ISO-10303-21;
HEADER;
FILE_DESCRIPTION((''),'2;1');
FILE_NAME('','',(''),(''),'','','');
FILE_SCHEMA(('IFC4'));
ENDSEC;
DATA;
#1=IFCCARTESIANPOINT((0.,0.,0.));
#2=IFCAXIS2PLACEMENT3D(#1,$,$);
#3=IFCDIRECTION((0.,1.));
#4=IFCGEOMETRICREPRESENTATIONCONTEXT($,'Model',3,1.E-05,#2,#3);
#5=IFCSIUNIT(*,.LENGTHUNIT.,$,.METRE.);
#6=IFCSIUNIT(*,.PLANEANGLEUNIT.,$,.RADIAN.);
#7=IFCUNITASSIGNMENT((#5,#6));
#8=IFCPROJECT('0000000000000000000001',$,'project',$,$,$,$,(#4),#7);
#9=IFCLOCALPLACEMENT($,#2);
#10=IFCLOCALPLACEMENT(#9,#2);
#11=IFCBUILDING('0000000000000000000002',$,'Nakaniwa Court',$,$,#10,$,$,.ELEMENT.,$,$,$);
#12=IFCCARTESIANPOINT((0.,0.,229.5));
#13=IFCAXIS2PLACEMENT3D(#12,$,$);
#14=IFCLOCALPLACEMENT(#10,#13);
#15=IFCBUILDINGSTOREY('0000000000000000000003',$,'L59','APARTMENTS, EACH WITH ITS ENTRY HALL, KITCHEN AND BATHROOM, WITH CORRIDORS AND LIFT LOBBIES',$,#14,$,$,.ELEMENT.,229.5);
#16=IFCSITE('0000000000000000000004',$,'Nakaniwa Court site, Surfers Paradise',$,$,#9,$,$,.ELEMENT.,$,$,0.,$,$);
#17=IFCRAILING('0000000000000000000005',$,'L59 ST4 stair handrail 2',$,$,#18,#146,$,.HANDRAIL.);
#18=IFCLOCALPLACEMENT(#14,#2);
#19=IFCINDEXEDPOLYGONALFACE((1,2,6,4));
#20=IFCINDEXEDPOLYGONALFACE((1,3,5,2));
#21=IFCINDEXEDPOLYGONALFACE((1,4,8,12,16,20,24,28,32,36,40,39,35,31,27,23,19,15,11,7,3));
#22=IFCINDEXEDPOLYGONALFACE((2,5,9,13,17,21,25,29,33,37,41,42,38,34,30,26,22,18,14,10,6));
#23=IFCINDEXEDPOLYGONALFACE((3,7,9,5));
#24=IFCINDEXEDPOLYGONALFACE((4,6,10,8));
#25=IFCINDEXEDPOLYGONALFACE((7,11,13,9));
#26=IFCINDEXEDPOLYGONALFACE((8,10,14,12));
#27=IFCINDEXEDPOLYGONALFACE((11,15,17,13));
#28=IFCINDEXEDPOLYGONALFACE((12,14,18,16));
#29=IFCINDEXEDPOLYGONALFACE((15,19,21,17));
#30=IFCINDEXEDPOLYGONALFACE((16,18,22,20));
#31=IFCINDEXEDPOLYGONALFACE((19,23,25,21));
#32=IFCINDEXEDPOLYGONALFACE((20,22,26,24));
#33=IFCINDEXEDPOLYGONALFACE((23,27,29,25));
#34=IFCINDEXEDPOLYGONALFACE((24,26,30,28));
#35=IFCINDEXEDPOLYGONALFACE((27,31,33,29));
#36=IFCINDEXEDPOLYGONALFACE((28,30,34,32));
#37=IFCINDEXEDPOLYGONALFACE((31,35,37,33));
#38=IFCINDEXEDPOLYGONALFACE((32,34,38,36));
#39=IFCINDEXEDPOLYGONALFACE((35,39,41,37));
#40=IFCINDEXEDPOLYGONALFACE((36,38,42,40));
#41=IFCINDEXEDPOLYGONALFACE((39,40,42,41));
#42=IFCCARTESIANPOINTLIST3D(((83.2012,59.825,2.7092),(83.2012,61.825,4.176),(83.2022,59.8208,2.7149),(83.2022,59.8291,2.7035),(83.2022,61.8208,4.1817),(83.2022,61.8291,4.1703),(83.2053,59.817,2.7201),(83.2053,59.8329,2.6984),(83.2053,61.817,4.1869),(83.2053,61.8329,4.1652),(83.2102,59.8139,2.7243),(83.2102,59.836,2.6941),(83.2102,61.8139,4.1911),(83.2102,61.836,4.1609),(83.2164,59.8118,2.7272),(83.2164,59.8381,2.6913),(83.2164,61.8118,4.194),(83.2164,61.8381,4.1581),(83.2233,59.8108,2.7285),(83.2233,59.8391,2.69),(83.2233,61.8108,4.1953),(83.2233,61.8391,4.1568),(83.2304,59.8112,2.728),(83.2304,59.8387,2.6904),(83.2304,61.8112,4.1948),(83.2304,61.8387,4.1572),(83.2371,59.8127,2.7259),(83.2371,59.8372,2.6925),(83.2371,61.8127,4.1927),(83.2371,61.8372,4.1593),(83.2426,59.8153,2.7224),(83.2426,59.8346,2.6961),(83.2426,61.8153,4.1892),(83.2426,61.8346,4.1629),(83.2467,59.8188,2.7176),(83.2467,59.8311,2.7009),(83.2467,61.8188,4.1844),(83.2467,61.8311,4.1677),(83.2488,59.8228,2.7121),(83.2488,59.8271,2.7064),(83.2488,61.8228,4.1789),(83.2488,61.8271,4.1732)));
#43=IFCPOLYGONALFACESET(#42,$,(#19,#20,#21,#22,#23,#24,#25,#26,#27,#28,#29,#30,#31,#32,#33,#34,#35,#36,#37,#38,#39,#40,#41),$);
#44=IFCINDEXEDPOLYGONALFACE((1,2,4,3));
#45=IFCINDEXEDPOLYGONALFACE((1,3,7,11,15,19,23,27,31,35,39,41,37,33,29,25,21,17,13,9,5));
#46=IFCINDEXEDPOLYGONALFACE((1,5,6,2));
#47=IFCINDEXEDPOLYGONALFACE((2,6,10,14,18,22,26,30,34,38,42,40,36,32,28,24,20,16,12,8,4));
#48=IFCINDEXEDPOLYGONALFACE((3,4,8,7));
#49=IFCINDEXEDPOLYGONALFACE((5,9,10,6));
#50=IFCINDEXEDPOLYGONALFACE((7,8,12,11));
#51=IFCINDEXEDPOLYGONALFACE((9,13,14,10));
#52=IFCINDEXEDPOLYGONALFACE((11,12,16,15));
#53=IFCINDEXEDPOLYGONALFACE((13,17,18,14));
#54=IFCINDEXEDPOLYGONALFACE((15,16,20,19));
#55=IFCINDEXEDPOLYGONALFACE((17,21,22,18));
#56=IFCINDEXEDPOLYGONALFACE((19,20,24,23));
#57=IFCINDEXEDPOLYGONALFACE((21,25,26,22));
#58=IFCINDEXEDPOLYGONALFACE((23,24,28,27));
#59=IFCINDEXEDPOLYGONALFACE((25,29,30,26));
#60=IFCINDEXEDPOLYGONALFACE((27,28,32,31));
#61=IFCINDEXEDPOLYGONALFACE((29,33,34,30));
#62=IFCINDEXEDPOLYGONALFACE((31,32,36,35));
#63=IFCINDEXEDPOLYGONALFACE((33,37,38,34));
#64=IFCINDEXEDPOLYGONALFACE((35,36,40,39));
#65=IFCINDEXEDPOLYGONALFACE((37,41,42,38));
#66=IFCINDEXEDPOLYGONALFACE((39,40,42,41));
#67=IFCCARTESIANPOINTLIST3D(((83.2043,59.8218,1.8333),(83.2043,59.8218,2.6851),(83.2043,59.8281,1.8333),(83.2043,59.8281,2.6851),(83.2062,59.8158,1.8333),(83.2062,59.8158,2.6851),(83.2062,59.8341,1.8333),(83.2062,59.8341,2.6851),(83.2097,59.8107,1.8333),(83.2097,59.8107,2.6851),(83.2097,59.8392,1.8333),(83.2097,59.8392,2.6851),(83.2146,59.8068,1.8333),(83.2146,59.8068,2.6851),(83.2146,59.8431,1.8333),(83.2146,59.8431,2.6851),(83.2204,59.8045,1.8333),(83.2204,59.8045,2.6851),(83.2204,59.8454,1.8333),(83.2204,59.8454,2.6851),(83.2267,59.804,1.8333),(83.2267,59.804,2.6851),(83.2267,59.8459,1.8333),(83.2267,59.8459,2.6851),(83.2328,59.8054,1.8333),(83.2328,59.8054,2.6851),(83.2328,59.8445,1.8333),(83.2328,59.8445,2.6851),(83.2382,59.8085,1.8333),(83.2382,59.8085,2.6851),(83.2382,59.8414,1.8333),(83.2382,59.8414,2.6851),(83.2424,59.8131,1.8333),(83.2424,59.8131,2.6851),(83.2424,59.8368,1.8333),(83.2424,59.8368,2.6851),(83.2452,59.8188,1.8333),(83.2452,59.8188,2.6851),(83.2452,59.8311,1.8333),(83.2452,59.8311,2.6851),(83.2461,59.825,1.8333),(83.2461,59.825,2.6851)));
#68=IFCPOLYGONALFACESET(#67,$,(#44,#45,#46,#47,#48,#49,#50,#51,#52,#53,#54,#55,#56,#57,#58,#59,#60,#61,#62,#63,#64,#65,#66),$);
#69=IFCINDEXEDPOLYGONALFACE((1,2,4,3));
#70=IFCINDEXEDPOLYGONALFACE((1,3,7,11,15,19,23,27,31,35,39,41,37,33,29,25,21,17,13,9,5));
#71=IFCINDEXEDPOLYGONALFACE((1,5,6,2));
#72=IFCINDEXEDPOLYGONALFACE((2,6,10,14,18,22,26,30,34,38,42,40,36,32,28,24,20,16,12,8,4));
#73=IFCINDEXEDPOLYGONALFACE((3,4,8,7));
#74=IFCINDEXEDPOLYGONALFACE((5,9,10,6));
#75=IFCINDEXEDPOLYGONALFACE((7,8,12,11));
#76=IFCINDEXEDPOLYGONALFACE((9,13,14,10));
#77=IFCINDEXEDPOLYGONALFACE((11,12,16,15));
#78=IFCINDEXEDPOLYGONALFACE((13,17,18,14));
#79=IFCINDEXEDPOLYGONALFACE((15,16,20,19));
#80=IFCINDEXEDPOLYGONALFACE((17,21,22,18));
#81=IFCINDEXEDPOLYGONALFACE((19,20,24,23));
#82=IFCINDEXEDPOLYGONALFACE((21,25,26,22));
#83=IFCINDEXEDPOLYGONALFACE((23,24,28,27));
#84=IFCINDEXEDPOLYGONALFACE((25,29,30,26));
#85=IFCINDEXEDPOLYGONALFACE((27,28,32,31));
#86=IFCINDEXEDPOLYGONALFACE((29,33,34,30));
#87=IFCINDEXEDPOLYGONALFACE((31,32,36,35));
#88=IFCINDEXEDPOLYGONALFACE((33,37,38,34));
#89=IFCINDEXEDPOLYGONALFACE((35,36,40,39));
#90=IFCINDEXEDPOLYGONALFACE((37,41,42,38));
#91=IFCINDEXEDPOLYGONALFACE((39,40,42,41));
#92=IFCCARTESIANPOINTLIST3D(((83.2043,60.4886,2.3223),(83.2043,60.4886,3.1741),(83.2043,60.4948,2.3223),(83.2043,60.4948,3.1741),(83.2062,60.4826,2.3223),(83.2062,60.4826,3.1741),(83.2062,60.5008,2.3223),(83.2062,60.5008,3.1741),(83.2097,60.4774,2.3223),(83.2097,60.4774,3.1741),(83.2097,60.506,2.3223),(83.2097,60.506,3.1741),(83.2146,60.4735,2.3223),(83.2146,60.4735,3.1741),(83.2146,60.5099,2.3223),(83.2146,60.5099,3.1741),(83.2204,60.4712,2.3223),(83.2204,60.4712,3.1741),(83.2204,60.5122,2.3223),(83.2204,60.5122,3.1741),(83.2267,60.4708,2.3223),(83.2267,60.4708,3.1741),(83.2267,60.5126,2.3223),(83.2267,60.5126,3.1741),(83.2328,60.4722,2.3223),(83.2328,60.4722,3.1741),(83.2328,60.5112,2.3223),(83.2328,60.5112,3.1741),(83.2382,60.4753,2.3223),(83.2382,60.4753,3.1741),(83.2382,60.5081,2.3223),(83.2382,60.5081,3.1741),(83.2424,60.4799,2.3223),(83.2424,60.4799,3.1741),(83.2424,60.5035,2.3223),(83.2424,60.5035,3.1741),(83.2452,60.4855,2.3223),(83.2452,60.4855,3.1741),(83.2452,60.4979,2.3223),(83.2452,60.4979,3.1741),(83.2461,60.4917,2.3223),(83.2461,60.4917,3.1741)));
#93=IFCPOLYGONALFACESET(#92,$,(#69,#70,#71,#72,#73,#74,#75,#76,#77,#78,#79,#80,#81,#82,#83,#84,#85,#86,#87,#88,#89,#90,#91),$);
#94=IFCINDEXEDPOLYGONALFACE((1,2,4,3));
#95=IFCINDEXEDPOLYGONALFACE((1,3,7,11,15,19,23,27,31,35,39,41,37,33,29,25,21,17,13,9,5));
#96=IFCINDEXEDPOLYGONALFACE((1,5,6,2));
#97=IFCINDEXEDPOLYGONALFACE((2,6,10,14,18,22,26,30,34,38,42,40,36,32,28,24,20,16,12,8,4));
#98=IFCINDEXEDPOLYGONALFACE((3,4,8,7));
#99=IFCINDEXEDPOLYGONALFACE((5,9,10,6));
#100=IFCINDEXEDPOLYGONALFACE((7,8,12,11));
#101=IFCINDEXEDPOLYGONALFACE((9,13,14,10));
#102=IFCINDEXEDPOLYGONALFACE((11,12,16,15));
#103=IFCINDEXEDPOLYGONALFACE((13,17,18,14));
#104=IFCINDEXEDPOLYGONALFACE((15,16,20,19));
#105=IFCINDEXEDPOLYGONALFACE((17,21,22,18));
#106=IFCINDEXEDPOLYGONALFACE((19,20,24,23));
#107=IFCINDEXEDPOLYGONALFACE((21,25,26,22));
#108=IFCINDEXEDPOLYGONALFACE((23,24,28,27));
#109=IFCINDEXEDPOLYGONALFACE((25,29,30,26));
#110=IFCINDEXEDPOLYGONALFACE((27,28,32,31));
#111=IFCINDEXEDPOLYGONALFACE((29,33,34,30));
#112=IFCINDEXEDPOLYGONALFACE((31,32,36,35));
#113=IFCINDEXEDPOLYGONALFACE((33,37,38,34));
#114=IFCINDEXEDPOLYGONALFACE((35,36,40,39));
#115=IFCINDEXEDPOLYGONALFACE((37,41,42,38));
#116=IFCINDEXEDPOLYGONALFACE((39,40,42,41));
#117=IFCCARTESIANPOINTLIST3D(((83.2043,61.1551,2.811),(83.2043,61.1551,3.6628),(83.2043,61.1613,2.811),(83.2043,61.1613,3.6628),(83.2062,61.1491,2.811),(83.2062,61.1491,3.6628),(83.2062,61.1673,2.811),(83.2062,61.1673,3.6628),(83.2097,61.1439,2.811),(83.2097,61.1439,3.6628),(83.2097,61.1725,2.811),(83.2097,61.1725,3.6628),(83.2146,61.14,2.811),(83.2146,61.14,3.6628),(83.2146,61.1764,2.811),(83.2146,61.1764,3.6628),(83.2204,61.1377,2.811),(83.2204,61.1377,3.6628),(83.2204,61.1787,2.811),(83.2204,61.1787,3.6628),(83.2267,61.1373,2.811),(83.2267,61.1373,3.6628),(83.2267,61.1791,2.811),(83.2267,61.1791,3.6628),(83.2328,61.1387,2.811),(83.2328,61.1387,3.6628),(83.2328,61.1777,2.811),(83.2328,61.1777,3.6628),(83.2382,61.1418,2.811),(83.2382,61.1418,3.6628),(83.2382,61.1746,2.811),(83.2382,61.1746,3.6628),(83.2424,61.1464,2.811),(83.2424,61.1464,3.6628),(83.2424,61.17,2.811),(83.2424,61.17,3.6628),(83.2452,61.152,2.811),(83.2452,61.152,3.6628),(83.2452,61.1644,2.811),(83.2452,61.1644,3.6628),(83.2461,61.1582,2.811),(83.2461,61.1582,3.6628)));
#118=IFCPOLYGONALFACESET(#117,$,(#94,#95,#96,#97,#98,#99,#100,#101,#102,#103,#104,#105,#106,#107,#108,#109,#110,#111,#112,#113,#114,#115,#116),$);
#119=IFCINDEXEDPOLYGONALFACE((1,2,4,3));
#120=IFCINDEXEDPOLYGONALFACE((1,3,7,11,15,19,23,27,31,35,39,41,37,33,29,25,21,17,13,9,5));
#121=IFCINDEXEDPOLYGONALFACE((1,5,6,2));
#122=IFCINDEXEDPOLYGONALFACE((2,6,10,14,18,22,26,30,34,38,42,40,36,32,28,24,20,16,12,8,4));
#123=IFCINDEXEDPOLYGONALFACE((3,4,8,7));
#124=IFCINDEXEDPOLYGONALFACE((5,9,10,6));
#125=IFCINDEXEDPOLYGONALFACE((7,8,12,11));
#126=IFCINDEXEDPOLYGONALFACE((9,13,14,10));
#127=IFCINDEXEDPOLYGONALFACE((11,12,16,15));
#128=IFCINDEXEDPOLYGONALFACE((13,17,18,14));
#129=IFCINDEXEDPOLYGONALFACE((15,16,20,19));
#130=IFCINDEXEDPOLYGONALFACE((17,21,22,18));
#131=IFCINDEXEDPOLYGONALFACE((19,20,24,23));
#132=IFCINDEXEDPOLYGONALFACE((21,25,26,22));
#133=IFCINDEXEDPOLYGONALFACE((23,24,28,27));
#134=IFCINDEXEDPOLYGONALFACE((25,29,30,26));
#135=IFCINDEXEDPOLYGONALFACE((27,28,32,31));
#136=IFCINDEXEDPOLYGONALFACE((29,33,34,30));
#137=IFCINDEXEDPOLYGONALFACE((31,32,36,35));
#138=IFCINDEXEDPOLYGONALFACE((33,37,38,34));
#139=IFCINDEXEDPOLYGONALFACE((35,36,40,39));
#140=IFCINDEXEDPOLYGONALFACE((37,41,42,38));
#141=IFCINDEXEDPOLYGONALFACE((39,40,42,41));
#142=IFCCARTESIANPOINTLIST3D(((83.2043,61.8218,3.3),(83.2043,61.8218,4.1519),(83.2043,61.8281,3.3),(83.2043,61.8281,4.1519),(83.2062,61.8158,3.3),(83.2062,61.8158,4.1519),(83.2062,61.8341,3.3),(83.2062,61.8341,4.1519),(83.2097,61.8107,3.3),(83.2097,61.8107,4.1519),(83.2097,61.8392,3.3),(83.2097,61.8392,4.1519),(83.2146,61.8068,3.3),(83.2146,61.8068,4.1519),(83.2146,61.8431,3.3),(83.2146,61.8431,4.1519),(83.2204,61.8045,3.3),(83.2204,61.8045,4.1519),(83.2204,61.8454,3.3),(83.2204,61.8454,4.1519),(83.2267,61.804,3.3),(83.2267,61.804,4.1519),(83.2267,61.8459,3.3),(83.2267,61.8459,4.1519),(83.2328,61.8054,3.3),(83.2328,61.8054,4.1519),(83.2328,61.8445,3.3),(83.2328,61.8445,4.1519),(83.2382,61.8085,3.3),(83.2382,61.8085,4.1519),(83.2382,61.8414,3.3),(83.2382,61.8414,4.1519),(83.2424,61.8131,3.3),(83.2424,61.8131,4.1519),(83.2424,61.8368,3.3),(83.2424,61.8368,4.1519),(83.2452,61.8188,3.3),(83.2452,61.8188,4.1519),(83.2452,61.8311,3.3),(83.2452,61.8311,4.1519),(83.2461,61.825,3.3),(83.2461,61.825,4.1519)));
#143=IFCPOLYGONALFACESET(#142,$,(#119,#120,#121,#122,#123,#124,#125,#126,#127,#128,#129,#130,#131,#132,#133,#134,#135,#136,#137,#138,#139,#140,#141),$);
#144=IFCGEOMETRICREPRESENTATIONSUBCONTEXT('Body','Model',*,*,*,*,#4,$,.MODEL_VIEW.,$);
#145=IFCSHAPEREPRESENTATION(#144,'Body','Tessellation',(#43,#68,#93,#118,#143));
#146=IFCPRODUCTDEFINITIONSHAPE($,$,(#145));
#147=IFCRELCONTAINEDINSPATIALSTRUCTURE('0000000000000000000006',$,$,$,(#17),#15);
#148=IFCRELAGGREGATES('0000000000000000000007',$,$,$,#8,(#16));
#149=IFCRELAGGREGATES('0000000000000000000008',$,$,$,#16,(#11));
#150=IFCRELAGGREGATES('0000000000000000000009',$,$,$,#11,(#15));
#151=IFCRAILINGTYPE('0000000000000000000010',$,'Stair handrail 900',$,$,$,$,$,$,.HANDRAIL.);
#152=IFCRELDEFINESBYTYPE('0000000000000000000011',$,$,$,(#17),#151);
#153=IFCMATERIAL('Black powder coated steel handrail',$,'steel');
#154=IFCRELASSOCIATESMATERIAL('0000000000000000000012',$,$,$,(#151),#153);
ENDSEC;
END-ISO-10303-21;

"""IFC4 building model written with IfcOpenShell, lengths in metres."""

from ifc_helpers import new_model, si_unit, direction, frame, origin, origin_2d, place, context, subcontext, project, spatial, circle, extrude, material, type_object, element, save


model = new_model("IFC4")

# Units and contexts
model_context = context("Model", 3, precision=1e-05, world=origin(), true_north=direction((0.0, 1.0)))
body_context = subcontext(model_context, "Body", "Model", "MODEL_VIEW")
ifc_project = project(units=[si_unit("LENGTHUNIT", "METRE"), si_unit("PLANEANGLEUNIT", "RADIAN")], contexts=[model_context])

# Site, building, storey
site_placement = place(None, origin())
site = spatial("IfcSite", under=ifc_project, at=site_placement, Name="Nakaniwa Court site, Surfers Paradise", CompositionType="ELEMENT", RefElevation=0.0)
building_placement = place(site_placement, origin())
building = spatial("IfcBuilding", under=site, at=building_placement, Name="Nakaniwa Court", CompositionType="ELEMENT")
storey_placement = place(building_placement, frame((0.0, 0.0, 229.5)))
storey = spatial("IfcBuildingStorey", under=building, at=storey_placement, Name="L59", Description="APARTMENTS, EACH WITH ITS ENTRY HALL, KITCHEN AND BATHROOM, WITH CORRIDORS AND LIFT LOBBIES", CompositionType="ELEMENT", Elevation=229.5)

# Railing
ifc_material_1 = material(Name="Black powder coated steel handrail", Category="steel")
railing_type_1 = type_object("IfcRailingType", Name="Stair handrail 900", PredefinedType="HANDRAIL", material=ifc_material_1)
railing_1_placement = place(storey_placement, frame((83.2251, 59.825, 1.8333)))
element("IfcRailing", 1, at=railing_1_placement, inside=storey, type_object=railing_type_1, Name="L59 ST4 stair handrail 2", PredefinedType="HANDRAIL", context=body_context, shape_type="SweptSolid", body=[
    extrude(circle(Radius=0.0239, at=origin_2d()), frame((0.0, 0.0, 0.876), z_axis=(0.0, 0.80638, 0.591398), x_axis=(-1.0, 0.0, 0.0)), (0.0, 0.0, 1.0), 2.4802),
    extrude(circle(Radius=0.021, at=origin_2d()), origin(), (0.0, 0.0, 1.0), 0.8518),
    extrude(circle(Radius=0.021, at=origin_2d()), frame((0.0, 0.6667, 0.489)), (0.0, 0.0, 1.0), 0.8518),
    extrude(circle(Radius=0.021, at=origin_2d()), frame((0.0, 1.3333, 0.9778)), (0.0, 0.0, 1.0), 0.8518),
    extrude(circle(Radius=0.021, at=origin_2d()), frame((0.0, 2.0, 1.4668)), (0.0, 0.0, 1.0), 0.8518),
])

save(model, "model.ifc")
